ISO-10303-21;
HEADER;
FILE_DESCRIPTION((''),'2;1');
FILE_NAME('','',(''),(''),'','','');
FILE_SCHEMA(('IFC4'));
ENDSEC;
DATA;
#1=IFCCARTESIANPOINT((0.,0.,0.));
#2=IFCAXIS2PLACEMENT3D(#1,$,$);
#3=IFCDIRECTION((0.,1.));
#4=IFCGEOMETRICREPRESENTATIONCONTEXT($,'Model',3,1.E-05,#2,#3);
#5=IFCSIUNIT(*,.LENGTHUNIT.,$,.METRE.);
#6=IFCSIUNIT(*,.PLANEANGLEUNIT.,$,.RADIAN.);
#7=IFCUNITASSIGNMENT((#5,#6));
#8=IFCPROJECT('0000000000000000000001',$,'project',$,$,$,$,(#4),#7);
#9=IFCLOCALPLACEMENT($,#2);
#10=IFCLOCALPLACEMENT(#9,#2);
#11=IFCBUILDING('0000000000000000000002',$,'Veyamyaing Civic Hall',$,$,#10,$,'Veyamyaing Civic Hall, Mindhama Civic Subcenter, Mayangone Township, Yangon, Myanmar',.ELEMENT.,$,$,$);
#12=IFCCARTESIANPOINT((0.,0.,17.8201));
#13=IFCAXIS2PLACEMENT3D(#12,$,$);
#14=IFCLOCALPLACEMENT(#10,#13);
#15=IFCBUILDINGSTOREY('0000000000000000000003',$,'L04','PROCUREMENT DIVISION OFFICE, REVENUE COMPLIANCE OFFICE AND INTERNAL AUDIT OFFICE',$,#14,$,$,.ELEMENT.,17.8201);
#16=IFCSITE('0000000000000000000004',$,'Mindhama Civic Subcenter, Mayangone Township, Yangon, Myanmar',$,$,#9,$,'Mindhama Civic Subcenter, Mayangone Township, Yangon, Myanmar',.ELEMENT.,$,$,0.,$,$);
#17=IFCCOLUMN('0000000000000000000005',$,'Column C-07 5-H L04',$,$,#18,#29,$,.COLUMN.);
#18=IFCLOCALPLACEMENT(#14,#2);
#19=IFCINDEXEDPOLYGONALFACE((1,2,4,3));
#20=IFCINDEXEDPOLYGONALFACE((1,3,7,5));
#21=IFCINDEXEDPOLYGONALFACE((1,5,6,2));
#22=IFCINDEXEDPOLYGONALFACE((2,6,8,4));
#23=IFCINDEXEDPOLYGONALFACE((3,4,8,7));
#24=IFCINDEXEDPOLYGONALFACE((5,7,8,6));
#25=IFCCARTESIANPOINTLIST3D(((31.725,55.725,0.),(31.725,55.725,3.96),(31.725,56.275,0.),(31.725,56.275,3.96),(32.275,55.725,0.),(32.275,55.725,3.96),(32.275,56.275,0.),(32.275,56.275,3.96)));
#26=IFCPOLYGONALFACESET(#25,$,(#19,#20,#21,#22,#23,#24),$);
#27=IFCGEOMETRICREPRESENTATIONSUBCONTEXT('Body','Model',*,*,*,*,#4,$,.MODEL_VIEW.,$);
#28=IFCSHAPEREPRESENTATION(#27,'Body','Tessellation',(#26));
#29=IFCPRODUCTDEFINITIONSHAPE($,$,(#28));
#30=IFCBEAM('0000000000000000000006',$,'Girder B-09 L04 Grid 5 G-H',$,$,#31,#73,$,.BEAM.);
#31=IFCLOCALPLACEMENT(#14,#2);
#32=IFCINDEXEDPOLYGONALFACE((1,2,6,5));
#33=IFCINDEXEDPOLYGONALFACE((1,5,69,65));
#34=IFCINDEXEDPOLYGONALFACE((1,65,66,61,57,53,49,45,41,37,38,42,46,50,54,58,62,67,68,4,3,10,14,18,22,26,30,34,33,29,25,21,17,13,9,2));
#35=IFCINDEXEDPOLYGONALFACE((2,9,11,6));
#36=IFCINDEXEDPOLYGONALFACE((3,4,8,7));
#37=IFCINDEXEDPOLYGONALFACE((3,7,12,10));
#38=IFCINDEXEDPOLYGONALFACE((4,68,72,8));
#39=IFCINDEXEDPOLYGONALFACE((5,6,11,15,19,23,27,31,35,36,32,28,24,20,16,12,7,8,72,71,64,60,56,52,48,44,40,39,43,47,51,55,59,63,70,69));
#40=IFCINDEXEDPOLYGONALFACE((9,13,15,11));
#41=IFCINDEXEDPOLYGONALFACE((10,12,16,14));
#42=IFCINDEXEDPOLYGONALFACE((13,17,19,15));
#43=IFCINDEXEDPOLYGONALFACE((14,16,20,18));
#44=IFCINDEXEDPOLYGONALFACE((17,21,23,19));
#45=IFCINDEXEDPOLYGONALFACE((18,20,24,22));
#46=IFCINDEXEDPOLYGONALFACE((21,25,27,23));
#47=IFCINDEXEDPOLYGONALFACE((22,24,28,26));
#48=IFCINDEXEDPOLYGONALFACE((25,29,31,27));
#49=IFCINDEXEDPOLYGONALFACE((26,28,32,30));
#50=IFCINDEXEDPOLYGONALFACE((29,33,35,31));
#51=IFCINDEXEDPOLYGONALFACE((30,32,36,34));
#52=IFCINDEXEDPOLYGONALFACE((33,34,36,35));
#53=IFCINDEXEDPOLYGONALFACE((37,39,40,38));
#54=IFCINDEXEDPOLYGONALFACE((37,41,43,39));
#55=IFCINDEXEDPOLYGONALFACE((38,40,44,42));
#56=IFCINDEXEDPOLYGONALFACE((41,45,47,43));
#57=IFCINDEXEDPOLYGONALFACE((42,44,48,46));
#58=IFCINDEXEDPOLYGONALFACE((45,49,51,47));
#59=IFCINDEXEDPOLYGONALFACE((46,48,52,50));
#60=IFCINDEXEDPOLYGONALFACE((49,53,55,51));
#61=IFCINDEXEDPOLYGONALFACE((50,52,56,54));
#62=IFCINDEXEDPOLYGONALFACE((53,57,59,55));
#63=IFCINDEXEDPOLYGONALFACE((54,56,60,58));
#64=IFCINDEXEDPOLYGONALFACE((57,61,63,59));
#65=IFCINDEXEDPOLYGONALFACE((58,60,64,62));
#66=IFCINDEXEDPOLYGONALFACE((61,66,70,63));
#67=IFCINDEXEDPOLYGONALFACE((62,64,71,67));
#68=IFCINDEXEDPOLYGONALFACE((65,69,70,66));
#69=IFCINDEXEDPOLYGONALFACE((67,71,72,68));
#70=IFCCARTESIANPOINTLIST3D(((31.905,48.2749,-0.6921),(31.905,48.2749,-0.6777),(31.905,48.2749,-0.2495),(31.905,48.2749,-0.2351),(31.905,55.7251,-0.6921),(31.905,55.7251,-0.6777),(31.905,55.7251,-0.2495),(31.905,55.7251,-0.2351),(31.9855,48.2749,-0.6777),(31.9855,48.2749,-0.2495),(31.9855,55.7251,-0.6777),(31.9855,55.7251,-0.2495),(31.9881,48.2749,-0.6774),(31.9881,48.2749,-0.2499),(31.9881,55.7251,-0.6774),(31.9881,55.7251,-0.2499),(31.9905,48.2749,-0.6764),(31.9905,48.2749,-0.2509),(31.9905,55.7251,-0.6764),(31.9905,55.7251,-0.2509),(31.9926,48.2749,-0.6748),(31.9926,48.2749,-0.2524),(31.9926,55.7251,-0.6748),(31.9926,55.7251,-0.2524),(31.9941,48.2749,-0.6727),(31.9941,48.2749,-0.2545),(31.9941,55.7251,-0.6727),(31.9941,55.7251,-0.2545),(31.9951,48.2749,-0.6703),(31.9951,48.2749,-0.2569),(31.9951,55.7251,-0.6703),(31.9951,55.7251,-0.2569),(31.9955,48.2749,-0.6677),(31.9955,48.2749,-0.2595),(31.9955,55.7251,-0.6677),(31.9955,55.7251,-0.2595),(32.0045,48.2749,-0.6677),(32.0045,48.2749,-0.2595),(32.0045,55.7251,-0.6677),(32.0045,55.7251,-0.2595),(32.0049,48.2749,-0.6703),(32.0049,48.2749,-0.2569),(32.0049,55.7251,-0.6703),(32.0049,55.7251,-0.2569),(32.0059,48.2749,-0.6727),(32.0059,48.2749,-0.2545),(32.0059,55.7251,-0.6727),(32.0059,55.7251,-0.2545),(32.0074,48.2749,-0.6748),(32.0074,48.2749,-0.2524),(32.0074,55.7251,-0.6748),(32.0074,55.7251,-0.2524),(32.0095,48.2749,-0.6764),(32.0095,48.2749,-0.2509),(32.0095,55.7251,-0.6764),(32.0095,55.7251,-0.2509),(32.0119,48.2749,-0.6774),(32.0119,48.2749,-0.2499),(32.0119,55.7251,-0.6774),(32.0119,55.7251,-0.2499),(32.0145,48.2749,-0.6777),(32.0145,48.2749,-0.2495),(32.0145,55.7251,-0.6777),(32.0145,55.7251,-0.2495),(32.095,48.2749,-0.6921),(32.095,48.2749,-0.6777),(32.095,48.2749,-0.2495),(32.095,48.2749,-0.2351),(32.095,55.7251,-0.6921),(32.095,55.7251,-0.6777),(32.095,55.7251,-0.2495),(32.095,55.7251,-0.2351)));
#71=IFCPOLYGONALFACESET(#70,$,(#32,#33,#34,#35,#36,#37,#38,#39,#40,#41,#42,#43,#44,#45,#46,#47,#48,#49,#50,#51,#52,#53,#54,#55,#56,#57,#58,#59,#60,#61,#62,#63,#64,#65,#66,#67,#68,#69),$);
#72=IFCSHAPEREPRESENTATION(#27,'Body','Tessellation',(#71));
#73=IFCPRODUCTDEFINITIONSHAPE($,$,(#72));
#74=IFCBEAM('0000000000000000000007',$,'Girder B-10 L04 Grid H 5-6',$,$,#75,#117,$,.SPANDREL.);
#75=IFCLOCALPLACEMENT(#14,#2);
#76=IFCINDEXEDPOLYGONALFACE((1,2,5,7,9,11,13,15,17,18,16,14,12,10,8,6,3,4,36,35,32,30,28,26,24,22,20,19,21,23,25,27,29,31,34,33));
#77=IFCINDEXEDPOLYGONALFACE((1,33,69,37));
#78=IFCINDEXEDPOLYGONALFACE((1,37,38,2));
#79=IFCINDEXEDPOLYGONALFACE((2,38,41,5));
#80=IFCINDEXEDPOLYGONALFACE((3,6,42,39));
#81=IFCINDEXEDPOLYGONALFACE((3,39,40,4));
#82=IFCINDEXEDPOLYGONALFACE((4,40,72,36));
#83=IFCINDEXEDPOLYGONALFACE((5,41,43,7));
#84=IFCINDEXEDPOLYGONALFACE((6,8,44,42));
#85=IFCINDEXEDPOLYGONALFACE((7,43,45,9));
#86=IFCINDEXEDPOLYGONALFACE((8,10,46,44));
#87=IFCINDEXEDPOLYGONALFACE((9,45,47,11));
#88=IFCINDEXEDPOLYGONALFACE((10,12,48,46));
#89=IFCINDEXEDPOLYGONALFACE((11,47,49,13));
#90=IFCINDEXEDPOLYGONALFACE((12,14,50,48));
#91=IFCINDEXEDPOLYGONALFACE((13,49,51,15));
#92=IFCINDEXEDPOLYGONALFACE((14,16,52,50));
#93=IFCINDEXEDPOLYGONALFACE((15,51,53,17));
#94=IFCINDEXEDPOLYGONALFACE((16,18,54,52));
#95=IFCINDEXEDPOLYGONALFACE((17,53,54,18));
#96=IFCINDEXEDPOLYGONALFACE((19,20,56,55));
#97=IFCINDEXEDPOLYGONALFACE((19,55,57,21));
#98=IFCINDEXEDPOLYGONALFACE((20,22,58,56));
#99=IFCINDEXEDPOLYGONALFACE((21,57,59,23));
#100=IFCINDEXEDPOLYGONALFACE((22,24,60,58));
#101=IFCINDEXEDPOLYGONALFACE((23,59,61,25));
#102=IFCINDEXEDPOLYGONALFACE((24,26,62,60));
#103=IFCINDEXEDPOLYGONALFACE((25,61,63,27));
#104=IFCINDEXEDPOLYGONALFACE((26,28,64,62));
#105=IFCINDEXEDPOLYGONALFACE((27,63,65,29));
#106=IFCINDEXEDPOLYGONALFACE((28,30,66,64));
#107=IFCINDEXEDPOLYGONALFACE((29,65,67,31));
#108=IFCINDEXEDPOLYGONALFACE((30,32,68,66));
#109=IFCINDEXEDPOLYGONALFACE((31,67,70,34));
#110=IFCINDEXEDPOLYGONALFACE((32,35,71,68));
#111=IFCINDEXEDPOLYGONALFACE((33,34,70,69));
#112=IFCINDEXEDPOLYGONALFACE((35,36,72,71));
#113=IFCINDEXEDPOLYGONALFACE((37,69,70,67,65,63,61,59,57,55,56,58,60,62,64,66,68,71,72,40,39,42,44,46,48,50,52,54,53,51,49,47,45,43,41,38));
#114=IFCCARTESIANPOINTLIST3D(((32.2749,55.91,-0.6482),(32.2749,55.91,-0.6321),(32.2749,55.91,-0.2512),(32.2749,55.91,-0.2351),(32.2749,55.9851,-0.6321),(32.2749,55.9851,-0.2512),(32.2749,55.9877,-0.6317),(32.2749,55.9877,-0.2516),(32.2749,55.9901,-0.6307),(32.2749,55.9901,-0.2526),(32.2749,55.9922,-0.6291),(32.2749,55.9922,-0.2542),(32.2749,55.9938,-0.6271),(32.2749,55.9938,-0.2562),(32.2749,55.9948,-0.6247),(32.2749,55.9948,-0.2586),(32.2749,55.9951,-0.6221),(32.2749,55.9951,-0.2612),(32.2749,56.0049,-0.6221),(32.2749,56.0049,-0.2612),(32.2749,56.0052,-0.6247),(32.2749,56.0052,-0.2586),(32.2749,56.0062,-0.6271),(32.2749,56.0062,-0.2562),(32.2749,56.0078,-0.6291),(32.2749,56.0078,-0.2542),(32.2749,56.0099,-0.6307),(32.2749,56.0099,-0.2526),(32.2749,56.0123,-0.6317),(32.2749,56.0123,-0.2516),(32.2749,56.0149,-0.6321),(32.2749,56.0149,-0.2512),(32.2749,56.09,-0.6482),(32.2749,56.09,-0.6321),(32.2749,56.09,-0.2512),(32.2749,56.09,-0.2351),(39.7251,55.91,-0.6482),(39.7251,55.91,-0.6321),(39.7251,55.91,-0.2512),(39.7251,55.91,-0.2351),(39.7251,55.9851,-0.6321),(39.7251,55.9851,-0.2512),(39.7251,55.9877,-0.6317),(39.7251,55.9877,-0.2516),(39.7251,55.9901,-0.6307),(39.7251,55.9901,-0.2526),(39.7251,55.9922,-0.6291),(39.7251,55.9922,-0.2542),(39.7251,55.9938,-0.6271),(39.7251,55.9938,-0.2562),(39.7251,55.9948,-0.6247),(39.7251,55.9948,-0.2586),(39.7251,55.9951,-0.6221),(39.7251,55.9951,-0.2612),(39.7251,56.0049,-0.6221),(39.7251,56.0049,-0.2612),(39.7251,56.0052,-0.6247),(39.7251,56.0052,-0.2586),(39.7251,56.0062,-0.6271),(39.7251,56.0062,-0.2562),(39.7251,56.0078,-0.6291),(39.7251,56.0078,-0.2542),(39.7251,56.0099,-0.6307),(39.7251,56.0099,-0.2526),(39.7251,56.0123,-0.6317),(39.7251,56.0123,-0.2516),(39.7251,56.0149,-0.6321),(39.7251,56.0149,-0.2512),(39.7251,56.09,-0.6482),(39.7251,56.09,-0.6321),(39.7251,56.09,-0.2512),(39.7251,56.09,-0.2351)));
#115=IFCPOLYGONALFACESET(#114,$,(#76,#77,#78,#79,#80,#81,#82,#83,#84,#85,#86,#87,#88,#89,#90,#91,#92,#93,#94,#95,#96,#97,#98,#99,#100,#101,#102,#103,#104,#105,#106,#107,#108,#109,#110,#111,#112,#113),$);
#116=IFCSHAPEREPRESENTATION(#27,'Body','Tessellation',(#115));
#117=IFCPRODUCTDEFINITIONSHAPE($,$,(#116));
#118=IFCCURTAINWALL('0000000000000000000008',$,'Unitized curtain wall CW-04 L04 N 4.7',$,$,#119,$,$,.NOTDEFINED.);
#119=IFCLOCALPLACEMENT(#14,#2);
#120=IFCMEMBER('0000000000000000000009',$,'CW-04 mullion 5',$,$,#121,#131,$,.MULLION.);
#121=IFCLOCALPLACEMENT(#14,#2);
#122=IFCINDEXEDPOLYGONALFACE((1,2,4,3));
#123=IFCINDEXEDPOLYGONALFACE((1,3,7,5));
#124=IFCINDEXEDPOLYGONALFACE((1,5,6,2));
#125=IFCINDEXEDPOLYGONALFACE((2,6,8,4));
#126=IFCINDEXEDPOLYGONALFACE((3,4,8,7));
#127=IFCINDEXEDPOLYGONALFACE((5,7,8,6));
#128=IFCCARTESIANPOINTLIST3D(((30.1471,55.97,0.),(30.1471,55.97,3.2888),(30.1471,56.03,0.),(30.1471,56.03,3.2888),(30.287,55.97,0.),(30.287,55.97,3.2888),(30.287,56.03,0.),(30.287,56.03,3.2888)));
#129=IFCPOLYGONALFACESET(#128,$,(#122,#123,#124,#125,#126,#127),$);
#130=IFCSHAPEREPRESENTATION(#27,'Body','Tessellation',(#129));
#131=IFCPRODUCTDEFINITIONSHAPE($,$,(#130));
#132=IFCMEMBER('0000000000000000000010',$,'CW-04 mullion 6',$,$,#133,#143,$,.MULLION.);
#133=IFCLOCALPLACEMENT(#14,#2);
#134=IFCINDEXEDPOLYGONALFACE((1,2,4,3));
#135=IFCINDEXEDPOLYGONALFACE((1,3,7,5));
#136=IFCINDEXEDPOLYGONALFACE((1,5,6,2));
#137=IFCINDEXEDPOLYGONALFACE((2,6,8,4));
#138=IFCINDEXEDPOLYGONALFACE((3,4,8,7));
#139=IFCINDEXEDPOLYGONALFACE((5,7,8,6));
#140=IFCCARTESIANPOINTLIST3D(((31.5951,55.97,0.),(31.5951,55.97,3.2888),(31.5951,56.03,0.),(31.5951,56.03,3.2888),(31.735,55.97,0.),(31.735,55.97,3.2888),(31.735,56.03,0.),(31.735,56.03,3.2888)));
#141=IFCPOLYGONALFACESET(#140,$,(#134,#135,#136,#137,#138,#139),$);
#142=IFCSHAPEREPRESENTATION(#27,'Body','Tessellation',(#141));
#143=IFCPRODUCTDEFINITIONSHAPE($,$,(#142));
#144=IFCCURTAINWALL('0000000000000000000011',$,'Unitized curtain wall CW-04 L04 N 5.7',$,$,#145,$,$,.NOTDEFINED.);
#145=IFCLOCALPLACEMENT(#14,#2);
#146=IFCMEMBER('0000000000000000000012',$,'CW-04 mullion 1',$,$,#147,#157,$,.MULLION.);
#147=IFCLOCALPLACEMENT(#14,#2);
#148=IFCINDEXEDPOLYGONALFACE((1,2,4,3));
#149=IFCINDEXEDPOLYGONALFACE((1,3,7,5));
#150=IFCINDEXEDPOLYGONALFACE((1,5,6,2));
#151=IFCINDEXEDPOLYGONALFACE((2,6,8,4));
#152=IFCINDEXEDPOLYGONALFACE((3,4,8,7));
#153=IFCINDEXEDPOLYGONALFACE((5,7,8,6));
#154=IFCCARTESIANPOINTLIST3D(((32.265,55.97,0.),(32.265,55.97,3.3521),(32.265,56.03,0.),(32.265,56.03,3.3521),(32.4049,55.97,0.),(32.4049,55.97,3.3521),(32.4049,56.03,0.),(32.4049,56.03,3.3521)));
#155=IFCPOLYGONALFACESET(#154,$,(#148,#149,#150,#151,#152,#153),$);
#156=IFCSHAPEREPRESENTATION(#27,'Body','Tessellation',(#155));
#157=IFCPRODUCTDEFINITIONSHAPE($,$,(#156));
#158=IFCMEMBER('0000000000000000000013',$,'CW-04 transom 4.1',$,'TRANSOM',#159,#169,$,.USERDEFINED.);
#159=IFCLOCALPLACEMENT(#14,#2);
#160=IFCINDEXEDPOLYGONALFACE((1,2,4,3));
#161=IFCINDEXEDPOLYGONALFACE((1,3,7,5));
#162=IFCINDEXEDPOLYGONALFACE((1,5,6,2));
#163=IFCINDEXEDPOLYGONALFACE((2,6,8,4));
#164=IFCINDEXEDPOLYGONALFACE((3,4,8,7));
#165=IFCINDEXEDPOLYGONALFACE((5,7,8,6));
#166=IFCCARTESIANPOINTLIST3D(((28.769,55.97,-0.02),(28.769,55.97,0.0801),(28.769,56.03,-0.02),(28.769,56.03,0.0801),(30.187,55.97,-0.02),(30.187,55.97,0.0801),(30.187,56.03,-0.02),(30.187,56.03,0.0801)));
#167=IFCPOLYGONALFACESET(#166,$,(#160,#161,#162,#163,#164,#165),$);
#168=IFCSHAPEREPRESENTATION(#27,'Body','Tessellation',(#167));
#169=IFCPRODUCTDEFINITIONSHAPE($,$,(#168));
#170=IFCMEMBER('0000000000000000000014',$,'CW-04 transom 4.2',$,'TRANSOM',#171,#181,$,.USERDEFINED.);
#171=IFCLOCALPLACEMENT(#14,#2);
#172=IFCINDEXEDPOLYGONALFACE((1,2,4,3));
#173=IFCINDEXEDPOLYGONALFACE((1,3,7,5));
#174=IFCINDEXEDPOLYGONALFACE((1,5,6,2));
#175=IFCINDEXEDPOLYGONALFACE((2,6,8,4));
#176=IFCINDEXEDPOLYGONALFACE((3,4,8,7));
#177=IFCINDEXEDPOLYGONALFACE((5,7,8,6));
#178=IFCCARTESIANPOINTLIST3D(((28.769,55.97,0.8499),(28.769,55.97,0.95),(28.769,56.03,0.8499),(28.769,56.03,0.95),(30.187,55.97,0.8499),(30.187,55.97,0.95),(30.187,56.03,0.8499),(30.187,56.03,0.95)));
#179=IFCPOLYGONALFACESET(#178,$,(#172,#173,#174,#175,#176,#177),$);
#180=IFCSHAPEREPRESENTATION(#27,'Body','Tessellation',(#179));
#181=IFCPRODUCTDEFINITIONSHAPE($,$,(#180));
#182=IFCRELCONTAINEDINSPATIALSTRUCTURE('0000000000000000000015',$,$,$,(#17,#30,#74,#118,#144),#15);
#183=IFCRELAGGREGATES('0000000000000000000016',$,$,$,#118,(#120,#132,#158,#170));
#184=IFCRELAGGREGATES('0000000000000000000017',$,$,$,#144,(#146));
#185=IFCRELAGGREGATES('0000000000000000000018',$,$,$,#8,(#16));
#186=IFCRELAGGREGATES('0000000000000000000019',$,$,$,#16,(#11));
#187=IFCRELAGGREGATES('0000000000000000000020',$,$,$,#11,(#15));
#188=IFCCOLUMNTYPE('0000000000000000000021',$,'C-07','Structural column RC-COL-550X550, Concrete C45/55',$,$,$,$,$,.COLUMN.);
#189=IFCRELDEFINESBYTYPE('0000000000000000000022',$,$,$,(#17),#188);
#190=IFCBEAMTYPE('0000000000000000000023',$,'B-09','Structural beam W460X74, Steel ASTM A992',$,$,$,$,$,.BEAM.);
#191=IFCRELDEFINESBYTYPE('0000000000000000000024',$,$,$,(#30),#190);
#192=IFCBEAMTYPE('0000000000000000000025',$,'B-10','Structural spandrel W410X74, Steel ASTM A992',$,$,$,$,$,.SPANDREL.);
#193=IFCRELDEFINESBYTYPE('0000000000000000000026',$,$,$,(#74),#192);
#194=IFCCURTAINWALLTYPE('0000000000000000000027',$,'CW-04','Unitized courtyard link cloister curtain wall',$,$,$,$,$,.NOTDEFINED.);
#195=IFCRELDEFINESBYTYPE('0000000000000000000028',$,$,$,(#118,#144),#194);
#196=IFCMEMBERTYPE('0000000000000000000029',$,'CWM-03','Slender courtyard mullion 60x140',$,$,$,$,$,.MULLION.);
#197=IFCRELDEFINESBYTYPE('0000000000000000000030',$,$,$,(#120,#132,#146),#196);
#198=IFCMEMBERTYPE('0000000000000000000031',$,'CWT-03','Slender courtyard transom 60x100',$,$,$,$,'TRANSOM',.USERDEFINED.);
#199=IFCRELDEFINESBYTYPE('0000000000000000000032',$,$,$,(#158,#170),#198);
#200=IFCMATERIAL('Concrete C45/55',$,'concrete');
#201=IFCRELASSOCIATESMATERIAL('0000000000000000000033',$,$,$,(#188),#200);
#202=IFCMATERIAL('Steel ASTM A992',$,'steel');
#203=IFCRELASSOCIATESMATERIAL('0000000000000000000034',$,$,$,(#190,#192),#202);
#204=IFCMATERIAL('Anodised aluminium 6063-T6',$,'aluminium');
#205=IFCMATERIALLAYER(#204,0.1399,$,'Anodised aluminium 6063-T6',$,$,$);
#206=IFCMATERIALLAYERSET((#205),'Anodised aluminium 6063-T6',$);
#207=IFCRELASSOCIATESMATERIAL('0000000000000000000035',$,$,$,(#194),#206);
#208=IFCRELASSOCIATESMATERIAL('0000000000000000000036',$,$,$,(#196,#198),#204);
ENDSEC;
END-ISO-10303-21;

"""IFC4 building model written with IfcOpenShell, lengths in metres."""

from ifc_helpers import new_model, si_unit, direction, frame, origin, origin_2d, place, context, subcontext, project, spatial, rectangle, i_section, extrude, material, layer, layer_set, material_profile, profile_set, type_object, element, aggregate, save


model = new_model("IFC4")

# Units and contexts
model_context = context("Model", 3, precision=1e-05, world=origin(), true_north=direction((0.0, 1.0)))
body_context = subcontext(model_context, "Body", "Model", "MODEL_VIEW")
ifc_project = project(units=[si_unit("LENGTHUNIT", "METRE"), si_unit("PLANEANGLEUNIT", "RADIAN")], contexts=[model_context])

# Site, building, storey
site_placement = place(None, origin())
site = spatial("IfcSite", under=ifc_project, at=site_placement, Name="Mindhama Civic Subcenter, Mayangone Township, Yangon, Myanmar", LongName="Mindhama Civic Subcenter, Mayangone Township, Yangon, Myanmar", CompositionType="ELEMENT", RefElevation=0.0)
building_placement = place(site_placement, origin())
building = spatial("IfcBuilding", under=site, at=building_placement, Name="Veyamyaing Civic Hall", LongName="Veyamyaing Civic Hall, Mindhama Civic Subcenter, Mayangone Township, Yangon, Myanmar", CompositionType="ELEMENT")
storey_placement = place(building_placement, frame((0.0, 0.0, 17.8201)))
storey = spatial("IfcBuildingStorey", under=building, at=storey_placement, Name="L04", Description="PROCUREMENT DIVISION OFFICE, REVENUE COMPLIANCE OFFICE AND INTERNAL AUDIT OFFICE", CompositionType="ELEMENT", Elevation=17.8201)

# Column
ifc_material_1 = material(Name="Concrete C45/55", Category="concrete")
ifc_material_profile_1 = material_profile(ifc_material_1, rectangle(XDim=0.55, YDim=0.55, at=origin_2d()), Name="RC-COL-550X550")
ifc_profile_set_1 = profile_set([ifc_material_profile_1], Name="Concrete C45/55")
column_type = type_object("IfcColumnType", Name="C-07", Description="Structural column RC-COL-550X550, Concrete C45/55", PredefinedType="COLUMN", material=ifc_profile_set_1)
column_placement = place(storey_placement, frame((32.0, 56.0, 0.0), z_axis=(0.0, 0.0, 1.0), x_axis=(1.0, 0.0, 0.0)))
element("IfcColumn", 1, at=column_placement, inside=storey, type_object=column_type, Name="Column C-07 5-H L04", PredefinedType="COLUMN", context=body_context, shape_type="SweptSolid", body=[
    extrude(rectangle(XDim=0.55, YDim=0.55, at=origin_2d()), origin(), (0.0, 0.0, 1.0), 3.96),
])

# Beams
ifc_material_2 = material(Name="Steel ASTM A992", Category="steel")
ifc_material_profile_2 = material_profile(ifc_material_2, i_section(OverallWidth=0.1899, OverallDepth=0.457, WebThickness=0.009, FlangeThickness=0.0144, FilletRadius=0.01, at=origin_2d()), Name="W460X74")
ifc_profile_set_2 = profile_set([ifc_material_profile_2], Name="Steel ASTM A992")
beam_type_1 = type_object("IfcBeamType", Name="B-09", Description="Structural beam W460X74, Steel ASTM A992", PredefinedType="BEAM", material=ifc_profile_set_2)
beam_1_placement = place(storey_placement, frame((32.0, 48.2749, -0.4636), z_axis=(0.0, 1.0, 0.0), x_axis=(-1.0, 0.0, 0.0)))
element("IfcBeam", 2, at=beam_1_placement, inside=storey, type_object=beam_type_1, Name="Girder B-09 L04 Grid 5 G-H", PredefinedType="BEAM", context=body_context, shape_type="SweptSolid", body=[
    extrude(i_section(OverallWidth=0.1899, OverallDepth=0.457, WebThickness=0.009, FlangeThickness=0.0144, FilletRadius=0.01, at=origin_2d()), origin(), (0.0, 0.0, 1.0), 7.4502),
])
ifc_material_profile_3 = material_profile(ifc_material_2, i_section(OverallWidth=0.1799, OverallDepth=0.4131, WebThickness=0.0098, FlangeThickness=0.0161, FilletRadius=0.01, at=origin_2d()), Name="W410X74")
ifc_profile_set_3 = profile_set([ifc_material_profile_3], Name="Steel ASTM A992")
beam_type_2 = type_object("IfcBeamType", Name="B-10", Description="Structural spandrel W410X74, Steel ASTM A992", PredefinedType="SPANDREL", material=ifc_profile_set_3)
beam_2_placement = place(storey_placement, frame((32.2749, 56.0, -0.4417), z_axis=(1.0, 0.0, 0.0), x_axis=(0.0, 1.0, 0.0)))
element("IfcBeam", 3, at=beam_2_placement, inside=storey, type_object=beam_type_2, Name="Girder B-10 L04 Grid H 5-6", PredefinedType="SPANDREL", context=body_context, shape_type="SweptSolid", body=[
    extrude(i_section(OverallWidth=0.1799, OverallDepth=0.4131, WebThickness=0.0098, FlangeThickness=0.0161, FilletRadius=0.01, at=origin_2d()), origin(), (0.0, 0.0, 1.0), 7.4502),
])

# Curtain wall, members
ifc_material_3 = material(Name="Anodised aluminium 6063-T6", Category="aluminium")
ifc_layer_1 = layer(ifc_material_3, 0.1399, Name="Anodised aluminium 6063-T6")
ifc_layer_set_1 = layer_set([ifc_layer_1], Name="Anodised aluminium 6063-T6")
curtain_wall_type = type_object("IfcCurtainWallType", Name="CW-04", Description="Unitized courtyard link cloister curtain wall", PredefinedType="NOTDEFINED", material=ifc_layer_set_1)
curtain_wall_1_placement = place(storey_placement, origin())
curtain_wall_1 = element("IfcCurtainWall", 4, at=curtain_wall_1_placement, inside=storey, type_object=curtain_wall_type, Name="Unitized curtain wall CW-04 L04 N 4.7", PredefinedType="NOTDEFINED")
ifc_material_profile_4 = material_profile(ifc_material_3, rectangle(XDim=0.0601, YDim=0.1399, at=origin_2d()), Name="ALU-MUL-60X140")
ifc_profile_set_4 = profile_set([ifc_material_profile_4], Name="Anodised aluminium 6063-T6")
member_type_1 = type_object("IfcMemberType", Name="CWM-03", Description="Slender courtyard mullion 60x140", PredefinedType="MULLION", material=ifc_profile_set_4)
member_1_placement = place(storey_placement, frame((30.217, 56.0, 0.0), z_axis=(0.0, 0.0, 1.0), x_axis=(0.0, 1.0, 0.0)))
member_1 = element("IfcMember", 5, at=member_1_placement, type_object=member_type_1, Name="CW-04 mullion 5", PredefinedType="MULLION", context=body_context, shape_type="SweptSolid", body=[
    extrude(rectangle(XDim=0.0601, YDim=0.1399, at=origin_2d()), origin(), (0.0, 0.0, 1.0), 3.2888),
])
member_2_placement = place(storey_placement, frame((31.665, 56.0, 0.0), z_axis=(0.0, 0.0, 1.0), x_axis=(0.0, 1.0, 0.0)))
member_2 = element("IfcMember", 6, at=member_2_placement, type_object=member_type_1, Name="CW-04 mullion 6", PredefinedType="MULLION", context=body_context, shape_type="SweptSolid", body=[
    extrude(rectangle(XDim=0.0601, YDim=0.1399, at=origin_2d()), origin(), (0.0, 0.0, 1.0), 3.2888),
])

# Curtain wall, member
curtain_wall_2_placement = place(storey_placement, origin())
curtain_wall_2 = element("IfcCurtainWall", 7, at=curtain_wall_2_placement, inside=storey, type_object=curtain_wall_type, Name="Unitized curtain wall CW-04 L04 N 5.7", PredefinedType="NOTDEFINED")
member_3_placement = place(storey_placement, frame((32.335, 56.0, 0.0), z_axis=(0.0, 0.0, 1.0), x_axis=(0.0, 1.0, 0.0)))
member_3 = element("IfcMember", 8, at=member_3_placement, type_object=member_type_1, Name="CW-04 mullion 1", PredefinedType="MULLION", context=body_context, shape_type="SweptSolid", body=[
    extrude(rectangle(XDim=0.0601, YDim=0.1399, at=origin_2d()), origin(), (0.0, 0.0, 1.0), 3.3521),
])

# Members
ifc_material_profile_5 = material_profile(ifc_material_3, rectangle(XDim=0.0601, YDim=0.1001, at=origin_2d()), Name="ALU-TRN-60X100")
ifc_profile_set_5 = profile_set([ifc_material_profile_5], Name="Anodised aluminium 6063-T6")
member_type_2 = type_object("IfcMemberType", Name="CWT-03", Description="Slender courtyard transom 60x100", ElementType="TRANSOM", PredefinedType="USERDEFINED", material=ifc_profile_set_5)
member_4_placement = place(storey_placement, frame((28.769, 56.0, 0.03), z_axis=(1.0, 0.0, 0.0), x_axis=(0.0, 1.0, 0.0)))
member_4 = element("IfcMember", 9, at=member_4_placement, type_object=member_type_2, Name="CW-04 transom 4.1", ObjectType="TRANSOM", PredefinedType="USERDEFINED", context=body_context, shape_type="SweptSolid", body=[
    extrude(rectangle(XDim=0.0601, YDim=0.1001, at=origin_2d()), origin(), (0.0, 0.0, 1.0), 1.418),
])
member_5_placement = place(storey_placement, frame((28.769, 56.0, 0.8999), z_axis=(1.0, 0.0, 0.0), x_axis=(0.0, 1.0, 0.0)))
member_5 = element("IfcMember", 10, at=member_5_placement, type_object=member_type_2, Name="CW-04 transom 4.2", ObjectType="TRANSOM", PredefinedType="USERDEFINED", context=body_context, shape_type="SweptSolid", body=[
    extrude(rectangle(XDim=0.0601, YDim=0.1001, at=origin_2d()), origin(), (0.0, 0.0, 1.0), 1.418),
])

aggregate(curtain_wall_1, [member_1, member_2, member_4, member_5])
aggregate(curtain_wall_2, [member_3])

save(model, "model.ifc")
